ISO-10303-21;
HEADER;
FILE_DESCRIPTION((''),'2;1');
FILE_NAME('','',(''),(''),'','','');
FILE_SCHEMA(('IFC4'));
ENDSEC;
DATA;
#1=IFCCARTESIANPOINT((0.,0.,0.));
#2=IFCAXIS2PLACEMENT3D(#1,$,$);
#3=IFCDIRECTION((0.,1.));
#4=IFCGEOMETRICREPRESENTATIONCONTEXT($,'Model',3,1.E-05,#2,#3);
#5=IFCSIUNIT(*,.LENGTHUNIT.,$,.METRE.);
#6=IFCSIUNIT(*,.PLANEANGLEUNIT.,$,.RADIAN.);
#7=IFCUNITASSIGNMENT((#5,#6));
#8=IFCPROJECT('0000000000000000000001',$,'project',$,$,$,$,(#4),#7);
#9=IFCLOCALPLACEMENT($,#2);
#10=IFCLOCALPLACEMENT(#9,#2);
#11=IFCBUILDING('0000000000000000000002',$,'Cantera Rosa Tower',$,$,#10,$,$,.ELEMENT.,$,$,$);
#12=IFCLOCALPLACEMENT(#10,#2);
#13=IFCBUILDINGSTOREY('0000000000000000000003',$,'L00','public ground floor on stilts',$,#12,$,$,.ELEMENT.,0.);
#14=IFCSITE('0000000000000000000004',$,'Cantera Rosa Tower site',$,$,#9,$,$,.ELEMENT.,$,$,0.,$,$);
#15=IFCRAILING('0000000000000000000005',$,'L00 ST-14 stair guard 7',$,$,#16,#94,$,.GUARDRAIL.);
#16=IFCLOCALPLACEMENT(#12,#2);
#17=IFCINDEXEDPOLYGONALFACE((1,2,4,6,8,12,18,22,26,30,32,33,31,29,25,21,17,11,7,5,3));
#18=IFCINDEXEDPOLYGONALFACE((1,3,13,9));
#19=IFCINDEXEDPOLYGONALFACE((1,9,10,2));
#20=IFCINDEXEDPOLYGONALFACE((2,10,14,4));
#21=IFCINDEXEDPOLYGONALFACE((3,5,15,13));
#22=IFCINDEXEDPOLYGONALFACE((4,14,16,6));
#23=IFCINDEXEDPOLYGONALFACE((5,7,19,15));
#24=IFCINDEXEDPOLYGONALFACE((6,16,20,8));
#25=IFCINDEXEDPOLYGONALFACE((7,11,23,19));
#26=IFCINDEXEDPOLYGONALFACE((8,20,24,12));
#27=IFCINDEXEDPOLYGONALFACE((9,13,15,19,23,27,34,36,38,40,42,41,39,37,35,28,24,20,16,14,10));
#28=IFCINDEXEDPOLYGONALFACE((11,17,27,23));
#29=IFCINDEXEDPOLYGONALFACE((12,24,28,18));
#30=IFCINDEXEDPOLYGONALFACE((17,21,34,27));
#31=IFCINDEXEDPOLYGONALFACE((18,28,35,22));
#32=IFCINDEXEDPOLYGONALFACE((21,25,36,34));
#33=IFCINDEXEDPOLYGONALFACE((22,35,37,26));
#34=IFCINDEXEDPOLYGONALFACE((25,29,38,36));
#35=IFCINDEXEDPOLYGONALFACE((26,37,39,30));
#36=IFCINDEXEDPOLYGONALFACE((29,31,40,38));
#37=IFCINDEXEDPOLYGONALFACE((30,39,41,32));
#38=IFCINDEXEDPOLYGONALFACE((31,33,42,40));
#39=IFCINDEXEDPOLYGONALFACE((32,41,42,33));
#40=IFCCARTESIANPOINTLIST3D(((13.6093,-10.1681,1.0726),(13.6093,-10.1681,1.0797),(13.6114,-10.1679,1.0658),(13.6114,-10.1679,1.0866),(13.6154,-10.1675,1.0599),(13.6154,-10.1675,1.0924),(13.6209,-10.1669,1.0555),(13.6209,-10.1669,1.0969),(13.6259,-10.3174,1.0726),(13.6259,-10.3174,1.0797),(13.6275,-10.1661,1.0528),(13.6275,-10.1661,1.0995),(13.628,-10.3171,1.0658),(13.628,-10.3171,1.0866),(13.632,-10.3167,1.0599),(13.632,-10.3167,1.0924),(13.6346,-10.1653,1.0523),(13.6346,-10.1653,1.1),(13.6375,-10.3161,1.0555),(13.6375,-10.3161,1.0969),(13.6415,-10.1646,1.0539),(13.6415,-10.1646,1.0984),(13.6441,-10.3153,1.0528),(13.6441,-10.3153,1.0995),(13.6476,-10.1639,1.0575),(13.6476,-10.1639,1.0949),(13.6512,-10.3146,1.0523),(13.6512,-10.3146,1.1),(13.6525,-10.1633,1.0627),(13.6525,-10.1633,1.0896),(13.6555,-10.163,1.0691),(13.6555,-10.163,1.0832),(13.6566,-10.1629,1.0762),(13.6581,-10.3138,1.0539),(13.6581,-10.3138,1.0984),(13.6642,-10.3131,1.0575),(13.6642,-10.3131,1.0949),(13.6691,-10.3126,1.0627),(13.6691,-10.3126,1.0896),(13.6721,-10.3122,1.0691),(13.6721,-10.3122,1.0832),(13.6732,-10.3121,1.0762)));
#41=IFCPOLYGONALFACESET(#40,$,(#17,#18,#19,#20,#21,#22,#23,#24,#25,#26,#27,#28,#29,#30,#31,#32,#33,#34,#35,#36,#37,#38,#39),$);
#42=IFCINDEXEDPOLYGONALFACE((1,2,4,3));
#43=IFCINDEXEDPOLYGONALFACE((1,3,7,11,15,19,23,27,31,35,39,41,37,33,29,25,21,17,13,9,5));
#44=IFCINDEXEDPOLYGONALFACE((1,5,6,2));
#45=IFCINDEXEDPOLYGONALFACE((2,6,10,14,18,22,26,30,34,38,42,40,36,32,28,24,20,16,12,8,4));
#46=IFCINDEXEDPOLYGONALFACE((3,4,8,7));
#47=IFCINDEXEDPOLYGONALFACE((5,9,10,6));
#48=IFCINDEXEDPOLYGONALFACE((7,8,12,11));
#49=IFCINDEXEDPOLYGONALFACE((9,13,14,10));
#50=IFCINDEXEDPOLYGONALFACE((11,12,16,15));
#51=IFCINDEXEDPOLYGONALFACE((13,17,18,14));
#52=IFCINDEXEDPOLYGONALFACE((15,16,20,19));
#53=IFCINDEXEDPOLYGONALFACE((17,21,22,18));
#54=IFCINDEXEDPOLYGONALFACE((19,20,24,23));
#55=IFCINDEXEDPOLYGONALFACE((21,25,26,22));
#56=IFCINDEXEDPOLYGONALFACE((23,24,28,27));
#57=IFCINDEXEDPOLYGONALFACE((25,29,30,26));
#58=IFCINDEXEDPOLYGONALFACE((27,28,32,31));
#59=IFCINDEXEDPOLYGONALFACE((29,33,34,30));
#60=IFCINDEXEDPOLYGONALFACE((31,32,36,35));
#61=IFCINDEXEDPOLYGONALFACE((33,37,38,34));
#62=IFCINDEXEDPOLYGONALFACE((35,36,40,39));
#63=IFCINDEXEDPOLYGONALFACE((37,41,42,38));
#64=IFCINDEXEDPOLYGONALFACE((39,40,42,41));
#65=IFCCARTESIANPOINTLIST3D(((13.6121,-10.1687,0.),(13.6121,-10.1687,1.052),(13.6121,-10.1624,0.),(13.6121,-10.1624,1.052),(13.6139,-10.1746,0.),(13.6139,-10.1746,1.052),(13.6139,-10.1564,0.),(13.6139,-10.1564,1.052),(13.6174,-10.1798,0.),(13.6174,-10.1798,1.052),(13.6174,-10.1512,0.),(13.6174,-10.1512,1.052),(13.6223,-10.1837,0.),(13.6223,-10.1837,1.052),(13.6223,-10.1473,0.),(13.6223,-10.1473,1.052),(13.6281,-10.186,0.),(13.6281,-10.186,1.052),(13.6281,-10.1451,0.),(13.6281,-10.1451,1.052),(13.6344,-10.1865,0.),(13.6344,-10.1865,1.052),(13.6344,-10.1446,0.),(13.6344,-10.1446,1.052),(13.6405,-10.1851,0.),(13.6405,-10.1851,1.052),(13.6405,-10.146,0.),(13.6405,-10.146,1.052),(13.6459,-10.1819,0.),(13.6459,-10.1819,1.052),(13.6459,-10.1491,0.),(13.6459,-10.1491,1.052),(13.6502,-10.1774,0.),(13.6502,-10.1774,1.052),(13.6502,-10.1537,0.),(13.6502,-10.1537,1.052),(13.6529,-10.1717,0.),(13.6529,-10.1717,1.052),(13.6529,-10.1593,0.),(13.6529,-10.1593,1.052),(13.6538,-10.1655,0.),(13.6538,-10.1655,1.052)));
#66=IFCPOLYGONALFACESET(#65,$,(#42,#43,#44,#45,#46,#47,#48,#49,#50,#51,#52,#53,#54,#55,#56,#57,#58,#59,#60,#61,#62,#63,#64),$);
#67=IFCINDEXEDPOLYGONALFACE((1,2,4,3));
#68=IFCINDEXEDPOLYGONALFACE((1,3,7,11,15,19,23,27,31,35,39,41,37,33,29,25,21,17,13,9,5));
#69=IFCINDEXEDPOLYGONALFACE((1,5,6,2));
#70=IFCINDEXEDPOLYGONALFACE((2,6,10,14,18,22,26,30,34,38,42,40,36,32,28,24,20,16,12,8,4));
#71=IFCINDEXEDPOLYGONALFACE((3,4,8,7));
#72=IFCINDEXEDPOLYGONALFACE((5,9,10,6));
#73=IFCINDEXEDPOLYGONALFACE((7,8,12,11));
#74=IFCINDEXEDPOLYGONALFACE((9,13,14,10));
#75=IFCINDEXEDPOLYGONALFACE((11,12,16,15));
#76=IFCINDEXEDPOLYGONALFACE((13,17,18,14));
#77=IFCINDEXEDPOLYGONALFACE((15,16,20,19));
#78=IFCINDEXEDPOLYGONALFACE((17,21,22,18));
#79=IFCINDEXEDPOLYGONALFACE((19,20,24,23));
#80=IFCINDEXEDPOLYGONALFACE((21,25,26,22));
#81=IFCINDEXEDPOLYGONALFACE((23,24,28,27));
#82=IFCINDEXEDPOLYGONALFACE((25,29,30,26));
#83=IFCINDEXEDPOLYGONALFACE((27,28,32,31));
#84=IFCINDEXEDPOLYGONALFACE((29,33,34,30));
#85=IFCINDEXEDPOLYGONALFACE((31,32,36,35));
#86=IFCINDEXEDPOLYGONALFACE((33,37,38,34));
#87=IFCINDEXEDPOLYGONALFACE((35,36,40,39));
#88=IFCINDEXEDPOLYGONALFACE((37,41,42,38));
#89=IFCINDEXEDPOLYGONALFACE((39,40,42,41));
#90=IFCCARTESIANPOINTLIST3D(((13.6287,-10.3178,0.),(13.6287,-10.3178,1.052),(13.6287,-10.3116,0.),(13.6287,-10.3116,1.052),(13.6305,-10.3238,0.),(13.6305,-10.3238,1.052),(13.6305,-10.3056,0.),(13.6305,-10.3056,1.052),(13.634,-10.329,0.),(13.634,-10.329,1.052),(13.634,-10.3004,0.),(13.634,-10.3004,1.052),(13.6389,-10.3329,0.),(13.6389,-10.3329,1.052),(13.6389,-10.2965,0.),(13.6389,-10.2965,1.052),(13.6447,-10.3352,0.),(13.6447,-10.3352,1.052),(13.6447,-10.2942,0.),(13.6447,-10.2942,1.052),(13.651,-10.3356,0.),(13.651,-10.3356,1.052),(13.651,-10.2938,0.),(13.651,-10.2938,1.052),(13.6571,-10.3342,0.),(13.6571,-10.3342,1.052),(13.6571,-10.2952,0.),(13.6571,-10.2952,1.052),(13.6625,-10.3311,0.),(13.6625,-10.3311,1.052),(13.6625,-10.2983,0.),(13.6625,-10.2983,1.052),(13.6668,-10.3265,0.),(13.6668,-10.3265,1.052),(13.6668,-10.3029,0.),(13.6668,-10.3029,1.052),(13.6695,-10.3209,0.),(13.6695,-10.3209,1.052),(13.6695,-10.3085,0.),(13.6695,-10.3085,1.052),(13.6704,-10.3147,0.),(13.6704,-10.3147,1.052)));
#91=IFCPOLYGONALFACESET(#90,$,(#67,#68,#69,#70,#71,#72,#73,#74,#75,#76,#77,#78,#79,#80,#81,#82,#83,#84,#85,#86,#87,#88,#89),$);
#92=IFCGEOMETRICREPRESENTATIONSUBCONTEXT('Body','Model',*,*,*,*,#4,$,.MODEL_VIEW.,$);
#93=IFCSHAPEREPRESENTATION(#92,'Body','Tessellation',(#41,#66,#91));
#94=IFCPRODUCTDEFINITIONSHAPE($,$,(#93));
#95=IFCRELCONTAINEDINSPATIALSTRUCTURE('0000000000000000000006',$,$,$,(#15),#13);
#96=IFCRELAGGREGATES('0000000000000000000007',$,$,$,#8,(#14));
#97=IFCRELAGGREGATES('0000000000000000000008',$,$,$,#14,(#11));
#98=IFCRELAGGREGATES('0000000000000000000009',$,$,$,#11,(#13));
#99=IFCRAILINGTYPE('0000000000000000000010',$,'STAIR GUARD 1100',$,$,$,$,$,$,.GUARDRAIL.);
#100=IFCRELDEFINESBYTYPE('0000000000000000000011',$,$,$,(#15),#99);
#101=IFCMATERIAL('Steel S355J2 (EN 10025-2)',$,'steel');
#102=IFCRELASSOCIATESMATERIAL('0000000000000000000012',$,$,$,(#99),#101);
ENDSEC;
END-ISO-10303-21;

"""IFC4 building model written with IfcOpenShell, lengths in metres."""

from ifc_helpers import new_model, si_unit, direction, frame, origin, origin_2d, place, context, subcontext, project, spatial, circle, extrude, material, type_object, element, save


model = new_model("IFC4")

# Units and contexts
model_context = context("Model", 3, precision=1e-05, world=origin(), true_north=direction((0.0, 1.0)))
body_context = subcontext(model_context, "Body", "Model", "MODEL_VIEW")
ifc_project = project(units=[si_unit("LENGTHUNIT", "METRE"), si_unit("PLANEANGLEUNIT", "RADIAN")], contexts=[model_context])

# Site, building, storey
site_placement = place(None, origin())
site = spatial("IfcSite", under=ifc_project, at=site_placement, Name="Cantera Rosa Tower site", CompositionType="ELEMENT", RefElevation=0.0)
building_placement = place(site_placement, origin())
building = spatial("IfcBuilding", under=site, at=building_placement, Name="Cantera Rosa Tower", CompositionType="ELEMENT")
storey_placement = place(building_placement, origin())
storey = spatial("IfcBuildingStorey", under=building, at=storey_placement, Name="L00", Description="public ground floor on stilts", CompositionType="ELEMENT", Elevation=0.0)

# Railing
ifc_material_1 = material(Name="Steel S355J2 (EN 10025-2)", Category="steel")
railing_type_1 = type_object("IfcRailingType", Name="STAIR GUARD 1100", PredefinedType="GUARDRAIL", material=ifc_material_1)
railing_1_placement = place(storey_placement, frame((13.6328, -10.1655, 0.0)))
element("IfcRailing", 1, at=railing_1_placement, inside=storey, type_object=railing_type_1, Name="L00 ST-14 stair guard 7", PredefinedType="GUARDRAIL", context=body_context, shape_type="SweptSolid", body=[
    extrude(circle(Radius=0.0239, at=origin_2d()), frame((0.0, 0.0, 1.0762), z_axis=(0.11061, -0.993864, 0.0), x_axis=(0.993864, 0.11061, 0.0)), (0.0, 0.0, 1.0), 0.1501),
    extrude(circle(Radius=0.021, at=origin_2d()), origin(), (0.0, 0.0, 1.0), 1.052),
    extrude(circle(Radius=0.021, at=origin_2d()), frame((0.0166, -0.1492, 0.0)), (0.0, 0.0, 1.0), 1.052),
])

save(model, "model.ifc")
